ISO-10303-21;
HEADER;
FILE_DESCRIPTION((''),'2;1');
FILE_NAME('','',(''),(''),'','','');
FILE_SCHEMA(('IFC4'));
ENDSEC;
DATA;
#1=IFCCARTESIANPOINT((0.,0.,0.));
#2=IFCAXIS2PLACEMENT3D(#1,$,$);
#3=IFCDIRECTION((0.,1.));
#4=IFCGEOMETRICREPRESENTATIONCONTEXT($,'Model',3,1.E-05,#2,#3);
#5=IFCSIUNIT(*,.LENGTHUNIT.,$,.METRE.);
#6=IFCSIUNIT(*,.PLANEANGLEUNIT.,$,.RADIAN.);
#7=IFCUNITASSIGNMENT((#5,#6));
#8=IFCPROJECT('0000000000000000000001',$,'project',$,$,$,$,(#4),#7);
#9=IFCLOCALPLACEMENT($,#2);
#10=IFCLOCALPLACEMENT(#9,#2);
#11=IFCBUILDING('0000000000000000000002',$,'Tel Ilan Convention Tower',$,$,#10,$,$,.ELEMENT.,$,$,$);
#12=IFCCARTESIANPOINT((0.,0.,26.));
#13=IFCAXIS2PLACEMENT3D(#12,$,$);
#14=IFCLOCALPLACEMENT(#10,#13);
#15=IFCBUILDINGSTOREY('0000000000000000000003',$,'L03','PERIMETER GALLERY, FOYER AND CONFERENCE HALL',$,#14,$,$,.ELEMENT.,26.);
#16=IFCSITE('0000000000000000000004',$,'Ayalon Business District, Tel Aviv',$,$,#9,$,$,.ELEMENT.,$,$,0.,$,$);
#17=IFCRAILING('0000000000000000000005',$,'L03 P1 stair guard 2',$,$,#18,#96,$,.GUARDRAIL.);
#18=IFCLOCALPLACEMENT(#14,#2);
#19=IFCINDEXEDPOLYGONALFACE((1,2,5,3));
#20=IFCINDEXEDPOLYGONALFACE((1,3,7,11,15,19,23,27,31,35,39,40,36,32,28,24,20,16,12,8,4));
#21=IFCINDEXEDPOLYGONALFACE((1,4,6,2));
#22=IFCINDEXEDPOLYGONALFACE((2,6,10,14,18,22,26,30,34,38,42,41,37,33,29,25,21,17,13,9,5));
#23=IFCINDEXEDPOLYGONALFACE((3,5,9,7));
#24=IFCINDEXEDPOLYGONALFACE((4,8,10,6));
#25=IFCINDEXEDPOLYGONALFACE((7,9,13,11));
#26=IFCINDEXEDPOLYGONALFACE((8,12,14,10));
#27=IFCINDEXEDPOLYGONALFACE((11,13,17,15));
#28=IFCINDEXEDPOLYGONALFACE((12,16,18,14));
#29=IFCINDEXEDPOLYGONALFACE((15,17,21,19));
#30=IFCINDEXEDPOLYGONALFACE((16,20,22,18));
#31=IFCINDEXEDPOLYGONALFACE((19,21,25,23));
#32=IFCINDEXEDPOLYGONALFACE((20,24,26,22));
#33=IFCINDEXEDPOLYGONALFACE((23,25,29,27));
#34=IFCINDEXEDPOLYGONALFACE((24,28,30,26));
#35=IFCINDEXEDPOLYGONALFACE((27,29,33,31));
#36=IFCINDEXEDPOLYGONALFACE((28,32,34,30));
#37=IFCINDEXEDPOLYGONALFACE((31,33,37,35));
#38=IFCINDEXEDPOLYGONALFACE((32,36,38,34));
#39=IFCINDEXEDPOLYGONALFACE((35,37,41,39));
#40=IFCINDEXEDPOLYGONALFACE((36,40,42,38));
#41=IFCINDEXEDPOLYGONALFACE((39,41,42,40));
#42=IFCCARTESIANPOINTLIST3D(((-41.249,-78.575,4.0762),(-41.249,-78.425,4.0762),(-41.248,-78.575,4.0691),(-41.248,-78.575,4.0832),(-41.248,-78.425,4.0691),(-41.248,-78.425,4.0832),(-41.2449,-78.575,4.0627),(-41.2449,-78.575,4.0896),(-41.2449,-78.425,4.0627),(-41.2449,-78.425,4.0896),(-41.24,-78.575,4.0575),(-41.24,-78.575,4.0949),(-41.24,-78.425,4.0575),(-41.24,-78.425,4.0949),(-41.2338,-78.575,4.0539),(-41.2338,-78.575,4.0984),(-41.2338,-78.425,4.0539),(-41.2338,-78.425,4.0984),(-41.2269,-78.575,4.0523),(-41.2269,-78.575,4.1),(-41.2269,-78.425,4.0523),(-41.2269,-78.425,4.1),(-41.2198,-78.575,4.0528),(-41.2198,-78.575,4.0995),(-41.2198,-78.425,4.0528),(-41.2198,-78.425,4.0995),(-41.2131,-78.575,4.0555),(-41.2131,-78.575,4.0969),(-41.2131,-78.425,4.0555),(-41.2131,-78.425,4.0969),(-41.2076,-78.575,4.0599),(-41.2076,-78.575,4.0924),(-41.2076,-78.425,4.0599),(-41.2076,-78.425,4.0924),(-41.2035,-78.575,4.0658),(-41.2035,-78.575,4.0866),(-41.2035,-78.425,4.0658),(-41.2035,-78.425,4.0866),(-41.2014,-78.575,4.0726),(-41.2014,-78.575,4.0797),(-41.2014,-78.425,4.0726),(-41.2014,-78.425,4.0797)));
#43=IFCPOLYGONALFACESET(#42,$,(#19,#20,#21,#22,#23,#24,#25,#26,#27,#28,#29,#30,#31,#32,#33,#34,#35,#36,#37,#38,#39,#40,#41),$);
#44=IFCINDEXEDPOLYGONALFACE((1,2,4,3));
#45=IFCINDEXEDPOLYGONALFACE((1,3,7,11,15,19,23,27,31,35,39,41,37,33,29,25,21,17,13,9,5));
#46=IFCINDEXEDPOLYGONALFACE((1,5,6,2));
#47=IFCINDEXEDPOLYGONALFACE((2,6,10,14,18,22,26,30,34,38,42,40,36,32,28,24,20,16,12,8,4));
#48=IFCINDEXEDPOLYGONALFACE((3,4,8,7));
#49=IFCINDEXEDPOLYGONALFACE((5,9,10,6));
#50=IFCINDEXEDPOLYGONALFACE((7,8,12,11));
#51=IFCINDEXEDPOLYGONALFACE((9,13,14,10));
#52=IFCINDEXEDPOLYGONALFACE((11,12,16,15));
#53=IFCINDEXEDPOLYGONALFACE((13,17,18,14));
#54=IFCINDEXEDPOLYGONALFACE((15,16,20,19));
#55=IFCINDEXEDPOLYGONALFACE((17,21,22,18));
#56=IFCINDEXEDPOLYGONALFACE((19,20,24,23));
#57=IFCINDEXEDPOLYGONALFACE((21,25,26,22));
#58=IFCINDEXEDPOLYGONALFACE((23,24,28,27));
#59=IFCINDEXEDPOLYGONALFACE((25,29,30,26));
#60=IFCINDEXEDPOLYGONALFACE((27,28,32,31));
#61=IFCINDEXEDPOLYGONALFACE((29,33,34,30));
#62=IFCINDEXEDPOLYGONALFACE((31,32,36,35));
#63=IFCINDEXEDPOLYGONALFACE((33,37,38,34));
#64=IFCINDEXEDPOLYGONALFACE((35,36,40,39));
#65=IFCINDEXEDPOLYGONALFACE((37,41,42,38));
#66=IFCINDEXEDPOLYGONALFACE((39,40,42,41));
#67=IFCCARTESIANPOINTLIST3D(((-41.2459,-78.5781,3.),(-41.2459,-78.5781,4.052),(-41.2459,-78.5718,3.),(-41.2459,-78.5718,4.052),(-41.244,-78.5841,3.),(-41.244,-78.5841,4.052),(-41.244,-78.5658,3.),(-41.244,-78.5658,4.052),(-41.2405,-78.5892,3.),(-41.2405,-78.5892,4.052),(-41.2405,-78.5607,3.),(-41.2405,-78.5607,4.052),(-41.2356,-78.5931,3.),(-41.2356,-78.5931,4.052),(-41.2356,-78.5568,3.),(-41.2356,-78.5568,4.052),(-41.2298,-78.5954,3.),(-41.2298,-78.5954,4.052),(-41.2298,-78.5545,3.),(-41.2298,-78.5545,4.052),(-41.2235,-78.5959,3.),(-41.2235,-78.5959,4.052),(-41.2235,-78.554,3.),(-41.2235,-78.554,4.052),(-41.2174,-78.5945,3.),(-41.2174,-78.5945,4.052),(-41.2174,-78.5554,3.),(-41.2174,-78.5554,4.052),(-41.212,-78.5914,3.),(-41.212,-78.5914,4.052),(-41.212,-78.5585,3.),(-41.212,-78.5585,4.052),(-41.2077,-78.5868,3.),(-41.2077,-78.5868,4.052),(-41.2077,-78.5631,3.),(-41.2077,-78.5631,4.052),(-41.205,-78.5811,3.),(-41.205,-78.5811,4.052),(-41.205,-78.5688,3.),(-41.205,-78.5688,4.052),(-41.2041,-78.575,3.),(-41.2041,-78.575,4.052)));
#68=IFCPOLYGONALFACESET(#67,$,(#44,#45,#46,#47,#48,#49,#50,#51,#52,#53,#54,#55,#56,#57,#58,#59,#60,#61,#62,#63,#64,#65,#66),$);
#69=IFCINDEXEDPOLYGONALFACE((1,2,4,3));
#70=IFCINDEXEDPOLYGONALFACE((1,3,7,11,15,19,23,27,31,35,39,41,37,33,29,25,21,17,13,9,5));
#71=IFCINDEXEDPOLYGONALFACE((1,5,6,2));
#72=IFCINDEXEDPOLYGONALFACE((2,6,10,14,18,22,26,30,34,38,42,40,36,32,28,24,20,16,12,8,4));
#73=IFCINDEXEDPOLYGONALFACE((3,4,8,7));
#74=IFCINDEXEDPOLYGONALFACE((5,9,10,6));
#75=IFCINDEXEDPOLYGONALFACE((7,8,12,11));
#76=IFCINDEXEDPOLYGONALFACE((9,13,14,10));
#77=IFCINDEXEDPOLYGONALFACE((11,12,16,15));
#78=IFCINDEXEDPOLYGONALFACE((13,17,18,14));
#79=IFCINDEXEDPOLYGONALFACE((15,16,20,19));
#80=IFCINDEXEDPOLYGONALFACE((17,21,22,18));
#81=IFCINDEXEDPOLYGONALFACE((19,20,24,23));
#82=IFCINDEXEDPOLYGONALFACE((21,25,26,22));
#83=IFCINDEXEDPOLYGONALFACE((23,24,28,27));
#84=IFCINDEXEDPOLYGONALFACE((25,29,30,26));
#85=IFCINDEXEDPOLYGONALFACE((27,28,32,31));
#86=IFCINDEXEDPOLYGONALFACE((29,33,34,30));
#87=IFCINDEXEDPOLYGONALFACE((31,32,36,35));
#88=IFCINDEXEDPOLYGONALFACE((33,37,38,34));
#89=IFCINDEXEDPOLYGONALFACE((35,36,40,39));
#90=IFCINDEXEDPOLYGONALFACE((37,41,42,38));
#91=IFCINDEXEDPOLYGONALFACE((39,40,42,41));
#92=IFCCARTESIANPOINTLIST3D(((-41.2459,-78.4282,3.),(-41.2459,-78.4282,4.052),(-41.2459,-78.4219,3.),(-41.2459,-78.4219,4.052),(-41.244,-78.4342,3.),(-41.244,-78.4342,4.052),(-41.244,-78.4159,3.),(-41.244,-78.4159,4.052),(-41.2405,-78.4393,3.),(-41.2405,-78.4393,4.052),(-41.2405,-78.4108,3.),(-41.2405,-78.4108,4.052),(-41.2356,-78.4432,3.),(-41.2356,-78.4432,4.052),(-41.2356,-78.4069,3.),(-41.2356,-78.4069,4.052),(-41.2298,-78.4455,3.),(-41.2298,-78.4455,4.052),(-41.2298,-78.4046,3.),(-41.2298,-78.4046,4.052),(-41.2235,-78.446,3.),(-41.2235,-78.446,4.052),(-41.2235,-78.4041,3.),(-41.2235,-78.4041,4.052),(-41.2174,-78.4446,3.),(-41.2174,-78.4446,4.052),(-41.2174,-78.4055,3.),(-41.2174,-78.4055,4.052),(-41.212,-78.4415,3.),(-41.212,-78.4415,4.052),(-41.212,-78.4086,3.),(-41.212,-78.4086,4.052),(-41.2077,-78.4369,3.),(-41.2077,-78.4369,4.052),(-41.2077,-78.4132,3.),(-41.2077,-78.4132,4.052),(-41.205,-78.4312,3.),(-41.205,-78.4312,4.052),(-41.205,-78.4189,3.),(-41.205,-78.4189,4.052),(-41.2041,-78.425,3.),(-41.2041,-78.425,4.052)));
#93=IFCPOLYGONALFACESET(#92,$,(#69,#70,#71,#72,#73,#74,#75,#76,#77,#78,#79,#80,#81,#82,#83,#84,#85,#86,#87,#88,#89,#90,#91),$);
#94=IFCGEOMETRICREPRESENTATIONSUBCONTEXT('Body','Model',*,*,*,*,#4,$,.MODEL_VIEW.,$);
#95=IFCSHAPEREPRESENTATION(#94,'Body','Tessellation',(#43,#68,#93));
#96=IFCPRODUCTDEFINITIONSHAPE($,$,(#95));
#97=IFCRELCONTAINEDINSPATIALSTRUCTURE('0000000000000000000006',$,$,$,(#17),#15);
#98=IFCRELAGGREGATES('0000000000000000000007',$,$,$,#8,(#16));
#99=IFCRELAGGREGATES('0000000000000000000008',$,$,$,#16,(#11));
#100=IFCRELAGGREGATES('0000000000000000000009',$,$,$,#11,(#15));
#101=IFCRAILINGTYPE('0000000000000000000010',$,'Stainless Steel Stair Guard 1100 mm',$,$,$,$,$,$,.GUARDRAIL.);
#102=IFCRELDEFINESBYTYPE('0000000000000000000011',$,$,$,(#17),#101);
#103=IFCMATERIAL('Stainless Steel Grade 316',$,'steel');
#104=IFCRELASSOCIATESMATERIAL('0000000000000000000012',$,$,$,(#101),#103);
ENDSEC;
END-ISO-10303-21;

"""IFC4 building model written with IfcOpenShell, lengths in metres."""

from ifc_helpers import new_model, si_unit, direction, frame, origin, origin_2d, place, context, subcontext, project, spatial, circle, extrude, material, type_object, element, save


model = new_model("IFC4")

# Units and contexts
model_context = context("Model", 3, precision=1e-05, world=origin(), true_north=direction((0.0, 1.0)))
body_context = subcontext(model_context, "Body", "Model", "MODEL_VIEW")
ifc_project = project(units=[si_unit("LENGTHUNIT", "METRE"), si_unit("PLANEANGLEUNIT", "RADIAN")], contexts=[model_context])

# Site, building, storey
site_placement = place(None, origin())
site = spatial("IfcSite", under=ifc_project, at=site_placement, Name="Ayalon Business District, Tel Aviv", CompositionType="ELEMENT", RefElevation=0.0)
building_placement = place(site_placement, origin())
building = spatial("IfcBuilding", under=site, at=building_placement, Name="Tel Ilan Convention Tower", CompositionType="ELEMENT")
storey_placement = place(building_placement, frame((0.0, 0.0, 26.0)))
storey = spatial("IfcBuildingStorey", under=building, at=storey_placement, Name="L03", Description="PERIMETER GALLERY, FOYER AND CONFERENCE HALL", CompositionType="ELEMENT", Elevation=26.0)

# Railing
ifc_material_1 = material(Name="Stainless Steel Grade 316", Category="steel")
railing_type_1 = type_object("IfcRailingType", Name="Stainless Steel Stair Guard 1100 mm", PredefinedType="GUARDRAIL", material=ifc_material_1)
railing_1_placement = place(storey_placement, frame((-41.2251, -78.575, 3.0)))
element("IfcRailing", 1, at=railing_1_placement, inside=storey, type_object=railing_type_1, Name="L03 P1 stair guard 2", PredefinedType="GUARDRAIL", context=body_context, shape_type="SweptSolid", body=[
    extrude(circle(Radius=0.0239, at=origin_2d()), frame((0.0, 0.0, 1.0762), z_axis=(0.0, 1.0, 0.0), x_axis=(-1.0, 0.0, 0.0)), (0.0, 0.0, 1.0), 0.1499),
    extrude(circle(Radius=0.021, at=origin_2d()), origin(), (0.0, 0.0, 1.0), 1.052),
    extrude(circle(Radius=0.021, at=origin_2d()), frame((0.0, 0.1499, 0.0)), (0.0, 0.0, 1.0), 1.052),
])

save(model, "model.ifc")
